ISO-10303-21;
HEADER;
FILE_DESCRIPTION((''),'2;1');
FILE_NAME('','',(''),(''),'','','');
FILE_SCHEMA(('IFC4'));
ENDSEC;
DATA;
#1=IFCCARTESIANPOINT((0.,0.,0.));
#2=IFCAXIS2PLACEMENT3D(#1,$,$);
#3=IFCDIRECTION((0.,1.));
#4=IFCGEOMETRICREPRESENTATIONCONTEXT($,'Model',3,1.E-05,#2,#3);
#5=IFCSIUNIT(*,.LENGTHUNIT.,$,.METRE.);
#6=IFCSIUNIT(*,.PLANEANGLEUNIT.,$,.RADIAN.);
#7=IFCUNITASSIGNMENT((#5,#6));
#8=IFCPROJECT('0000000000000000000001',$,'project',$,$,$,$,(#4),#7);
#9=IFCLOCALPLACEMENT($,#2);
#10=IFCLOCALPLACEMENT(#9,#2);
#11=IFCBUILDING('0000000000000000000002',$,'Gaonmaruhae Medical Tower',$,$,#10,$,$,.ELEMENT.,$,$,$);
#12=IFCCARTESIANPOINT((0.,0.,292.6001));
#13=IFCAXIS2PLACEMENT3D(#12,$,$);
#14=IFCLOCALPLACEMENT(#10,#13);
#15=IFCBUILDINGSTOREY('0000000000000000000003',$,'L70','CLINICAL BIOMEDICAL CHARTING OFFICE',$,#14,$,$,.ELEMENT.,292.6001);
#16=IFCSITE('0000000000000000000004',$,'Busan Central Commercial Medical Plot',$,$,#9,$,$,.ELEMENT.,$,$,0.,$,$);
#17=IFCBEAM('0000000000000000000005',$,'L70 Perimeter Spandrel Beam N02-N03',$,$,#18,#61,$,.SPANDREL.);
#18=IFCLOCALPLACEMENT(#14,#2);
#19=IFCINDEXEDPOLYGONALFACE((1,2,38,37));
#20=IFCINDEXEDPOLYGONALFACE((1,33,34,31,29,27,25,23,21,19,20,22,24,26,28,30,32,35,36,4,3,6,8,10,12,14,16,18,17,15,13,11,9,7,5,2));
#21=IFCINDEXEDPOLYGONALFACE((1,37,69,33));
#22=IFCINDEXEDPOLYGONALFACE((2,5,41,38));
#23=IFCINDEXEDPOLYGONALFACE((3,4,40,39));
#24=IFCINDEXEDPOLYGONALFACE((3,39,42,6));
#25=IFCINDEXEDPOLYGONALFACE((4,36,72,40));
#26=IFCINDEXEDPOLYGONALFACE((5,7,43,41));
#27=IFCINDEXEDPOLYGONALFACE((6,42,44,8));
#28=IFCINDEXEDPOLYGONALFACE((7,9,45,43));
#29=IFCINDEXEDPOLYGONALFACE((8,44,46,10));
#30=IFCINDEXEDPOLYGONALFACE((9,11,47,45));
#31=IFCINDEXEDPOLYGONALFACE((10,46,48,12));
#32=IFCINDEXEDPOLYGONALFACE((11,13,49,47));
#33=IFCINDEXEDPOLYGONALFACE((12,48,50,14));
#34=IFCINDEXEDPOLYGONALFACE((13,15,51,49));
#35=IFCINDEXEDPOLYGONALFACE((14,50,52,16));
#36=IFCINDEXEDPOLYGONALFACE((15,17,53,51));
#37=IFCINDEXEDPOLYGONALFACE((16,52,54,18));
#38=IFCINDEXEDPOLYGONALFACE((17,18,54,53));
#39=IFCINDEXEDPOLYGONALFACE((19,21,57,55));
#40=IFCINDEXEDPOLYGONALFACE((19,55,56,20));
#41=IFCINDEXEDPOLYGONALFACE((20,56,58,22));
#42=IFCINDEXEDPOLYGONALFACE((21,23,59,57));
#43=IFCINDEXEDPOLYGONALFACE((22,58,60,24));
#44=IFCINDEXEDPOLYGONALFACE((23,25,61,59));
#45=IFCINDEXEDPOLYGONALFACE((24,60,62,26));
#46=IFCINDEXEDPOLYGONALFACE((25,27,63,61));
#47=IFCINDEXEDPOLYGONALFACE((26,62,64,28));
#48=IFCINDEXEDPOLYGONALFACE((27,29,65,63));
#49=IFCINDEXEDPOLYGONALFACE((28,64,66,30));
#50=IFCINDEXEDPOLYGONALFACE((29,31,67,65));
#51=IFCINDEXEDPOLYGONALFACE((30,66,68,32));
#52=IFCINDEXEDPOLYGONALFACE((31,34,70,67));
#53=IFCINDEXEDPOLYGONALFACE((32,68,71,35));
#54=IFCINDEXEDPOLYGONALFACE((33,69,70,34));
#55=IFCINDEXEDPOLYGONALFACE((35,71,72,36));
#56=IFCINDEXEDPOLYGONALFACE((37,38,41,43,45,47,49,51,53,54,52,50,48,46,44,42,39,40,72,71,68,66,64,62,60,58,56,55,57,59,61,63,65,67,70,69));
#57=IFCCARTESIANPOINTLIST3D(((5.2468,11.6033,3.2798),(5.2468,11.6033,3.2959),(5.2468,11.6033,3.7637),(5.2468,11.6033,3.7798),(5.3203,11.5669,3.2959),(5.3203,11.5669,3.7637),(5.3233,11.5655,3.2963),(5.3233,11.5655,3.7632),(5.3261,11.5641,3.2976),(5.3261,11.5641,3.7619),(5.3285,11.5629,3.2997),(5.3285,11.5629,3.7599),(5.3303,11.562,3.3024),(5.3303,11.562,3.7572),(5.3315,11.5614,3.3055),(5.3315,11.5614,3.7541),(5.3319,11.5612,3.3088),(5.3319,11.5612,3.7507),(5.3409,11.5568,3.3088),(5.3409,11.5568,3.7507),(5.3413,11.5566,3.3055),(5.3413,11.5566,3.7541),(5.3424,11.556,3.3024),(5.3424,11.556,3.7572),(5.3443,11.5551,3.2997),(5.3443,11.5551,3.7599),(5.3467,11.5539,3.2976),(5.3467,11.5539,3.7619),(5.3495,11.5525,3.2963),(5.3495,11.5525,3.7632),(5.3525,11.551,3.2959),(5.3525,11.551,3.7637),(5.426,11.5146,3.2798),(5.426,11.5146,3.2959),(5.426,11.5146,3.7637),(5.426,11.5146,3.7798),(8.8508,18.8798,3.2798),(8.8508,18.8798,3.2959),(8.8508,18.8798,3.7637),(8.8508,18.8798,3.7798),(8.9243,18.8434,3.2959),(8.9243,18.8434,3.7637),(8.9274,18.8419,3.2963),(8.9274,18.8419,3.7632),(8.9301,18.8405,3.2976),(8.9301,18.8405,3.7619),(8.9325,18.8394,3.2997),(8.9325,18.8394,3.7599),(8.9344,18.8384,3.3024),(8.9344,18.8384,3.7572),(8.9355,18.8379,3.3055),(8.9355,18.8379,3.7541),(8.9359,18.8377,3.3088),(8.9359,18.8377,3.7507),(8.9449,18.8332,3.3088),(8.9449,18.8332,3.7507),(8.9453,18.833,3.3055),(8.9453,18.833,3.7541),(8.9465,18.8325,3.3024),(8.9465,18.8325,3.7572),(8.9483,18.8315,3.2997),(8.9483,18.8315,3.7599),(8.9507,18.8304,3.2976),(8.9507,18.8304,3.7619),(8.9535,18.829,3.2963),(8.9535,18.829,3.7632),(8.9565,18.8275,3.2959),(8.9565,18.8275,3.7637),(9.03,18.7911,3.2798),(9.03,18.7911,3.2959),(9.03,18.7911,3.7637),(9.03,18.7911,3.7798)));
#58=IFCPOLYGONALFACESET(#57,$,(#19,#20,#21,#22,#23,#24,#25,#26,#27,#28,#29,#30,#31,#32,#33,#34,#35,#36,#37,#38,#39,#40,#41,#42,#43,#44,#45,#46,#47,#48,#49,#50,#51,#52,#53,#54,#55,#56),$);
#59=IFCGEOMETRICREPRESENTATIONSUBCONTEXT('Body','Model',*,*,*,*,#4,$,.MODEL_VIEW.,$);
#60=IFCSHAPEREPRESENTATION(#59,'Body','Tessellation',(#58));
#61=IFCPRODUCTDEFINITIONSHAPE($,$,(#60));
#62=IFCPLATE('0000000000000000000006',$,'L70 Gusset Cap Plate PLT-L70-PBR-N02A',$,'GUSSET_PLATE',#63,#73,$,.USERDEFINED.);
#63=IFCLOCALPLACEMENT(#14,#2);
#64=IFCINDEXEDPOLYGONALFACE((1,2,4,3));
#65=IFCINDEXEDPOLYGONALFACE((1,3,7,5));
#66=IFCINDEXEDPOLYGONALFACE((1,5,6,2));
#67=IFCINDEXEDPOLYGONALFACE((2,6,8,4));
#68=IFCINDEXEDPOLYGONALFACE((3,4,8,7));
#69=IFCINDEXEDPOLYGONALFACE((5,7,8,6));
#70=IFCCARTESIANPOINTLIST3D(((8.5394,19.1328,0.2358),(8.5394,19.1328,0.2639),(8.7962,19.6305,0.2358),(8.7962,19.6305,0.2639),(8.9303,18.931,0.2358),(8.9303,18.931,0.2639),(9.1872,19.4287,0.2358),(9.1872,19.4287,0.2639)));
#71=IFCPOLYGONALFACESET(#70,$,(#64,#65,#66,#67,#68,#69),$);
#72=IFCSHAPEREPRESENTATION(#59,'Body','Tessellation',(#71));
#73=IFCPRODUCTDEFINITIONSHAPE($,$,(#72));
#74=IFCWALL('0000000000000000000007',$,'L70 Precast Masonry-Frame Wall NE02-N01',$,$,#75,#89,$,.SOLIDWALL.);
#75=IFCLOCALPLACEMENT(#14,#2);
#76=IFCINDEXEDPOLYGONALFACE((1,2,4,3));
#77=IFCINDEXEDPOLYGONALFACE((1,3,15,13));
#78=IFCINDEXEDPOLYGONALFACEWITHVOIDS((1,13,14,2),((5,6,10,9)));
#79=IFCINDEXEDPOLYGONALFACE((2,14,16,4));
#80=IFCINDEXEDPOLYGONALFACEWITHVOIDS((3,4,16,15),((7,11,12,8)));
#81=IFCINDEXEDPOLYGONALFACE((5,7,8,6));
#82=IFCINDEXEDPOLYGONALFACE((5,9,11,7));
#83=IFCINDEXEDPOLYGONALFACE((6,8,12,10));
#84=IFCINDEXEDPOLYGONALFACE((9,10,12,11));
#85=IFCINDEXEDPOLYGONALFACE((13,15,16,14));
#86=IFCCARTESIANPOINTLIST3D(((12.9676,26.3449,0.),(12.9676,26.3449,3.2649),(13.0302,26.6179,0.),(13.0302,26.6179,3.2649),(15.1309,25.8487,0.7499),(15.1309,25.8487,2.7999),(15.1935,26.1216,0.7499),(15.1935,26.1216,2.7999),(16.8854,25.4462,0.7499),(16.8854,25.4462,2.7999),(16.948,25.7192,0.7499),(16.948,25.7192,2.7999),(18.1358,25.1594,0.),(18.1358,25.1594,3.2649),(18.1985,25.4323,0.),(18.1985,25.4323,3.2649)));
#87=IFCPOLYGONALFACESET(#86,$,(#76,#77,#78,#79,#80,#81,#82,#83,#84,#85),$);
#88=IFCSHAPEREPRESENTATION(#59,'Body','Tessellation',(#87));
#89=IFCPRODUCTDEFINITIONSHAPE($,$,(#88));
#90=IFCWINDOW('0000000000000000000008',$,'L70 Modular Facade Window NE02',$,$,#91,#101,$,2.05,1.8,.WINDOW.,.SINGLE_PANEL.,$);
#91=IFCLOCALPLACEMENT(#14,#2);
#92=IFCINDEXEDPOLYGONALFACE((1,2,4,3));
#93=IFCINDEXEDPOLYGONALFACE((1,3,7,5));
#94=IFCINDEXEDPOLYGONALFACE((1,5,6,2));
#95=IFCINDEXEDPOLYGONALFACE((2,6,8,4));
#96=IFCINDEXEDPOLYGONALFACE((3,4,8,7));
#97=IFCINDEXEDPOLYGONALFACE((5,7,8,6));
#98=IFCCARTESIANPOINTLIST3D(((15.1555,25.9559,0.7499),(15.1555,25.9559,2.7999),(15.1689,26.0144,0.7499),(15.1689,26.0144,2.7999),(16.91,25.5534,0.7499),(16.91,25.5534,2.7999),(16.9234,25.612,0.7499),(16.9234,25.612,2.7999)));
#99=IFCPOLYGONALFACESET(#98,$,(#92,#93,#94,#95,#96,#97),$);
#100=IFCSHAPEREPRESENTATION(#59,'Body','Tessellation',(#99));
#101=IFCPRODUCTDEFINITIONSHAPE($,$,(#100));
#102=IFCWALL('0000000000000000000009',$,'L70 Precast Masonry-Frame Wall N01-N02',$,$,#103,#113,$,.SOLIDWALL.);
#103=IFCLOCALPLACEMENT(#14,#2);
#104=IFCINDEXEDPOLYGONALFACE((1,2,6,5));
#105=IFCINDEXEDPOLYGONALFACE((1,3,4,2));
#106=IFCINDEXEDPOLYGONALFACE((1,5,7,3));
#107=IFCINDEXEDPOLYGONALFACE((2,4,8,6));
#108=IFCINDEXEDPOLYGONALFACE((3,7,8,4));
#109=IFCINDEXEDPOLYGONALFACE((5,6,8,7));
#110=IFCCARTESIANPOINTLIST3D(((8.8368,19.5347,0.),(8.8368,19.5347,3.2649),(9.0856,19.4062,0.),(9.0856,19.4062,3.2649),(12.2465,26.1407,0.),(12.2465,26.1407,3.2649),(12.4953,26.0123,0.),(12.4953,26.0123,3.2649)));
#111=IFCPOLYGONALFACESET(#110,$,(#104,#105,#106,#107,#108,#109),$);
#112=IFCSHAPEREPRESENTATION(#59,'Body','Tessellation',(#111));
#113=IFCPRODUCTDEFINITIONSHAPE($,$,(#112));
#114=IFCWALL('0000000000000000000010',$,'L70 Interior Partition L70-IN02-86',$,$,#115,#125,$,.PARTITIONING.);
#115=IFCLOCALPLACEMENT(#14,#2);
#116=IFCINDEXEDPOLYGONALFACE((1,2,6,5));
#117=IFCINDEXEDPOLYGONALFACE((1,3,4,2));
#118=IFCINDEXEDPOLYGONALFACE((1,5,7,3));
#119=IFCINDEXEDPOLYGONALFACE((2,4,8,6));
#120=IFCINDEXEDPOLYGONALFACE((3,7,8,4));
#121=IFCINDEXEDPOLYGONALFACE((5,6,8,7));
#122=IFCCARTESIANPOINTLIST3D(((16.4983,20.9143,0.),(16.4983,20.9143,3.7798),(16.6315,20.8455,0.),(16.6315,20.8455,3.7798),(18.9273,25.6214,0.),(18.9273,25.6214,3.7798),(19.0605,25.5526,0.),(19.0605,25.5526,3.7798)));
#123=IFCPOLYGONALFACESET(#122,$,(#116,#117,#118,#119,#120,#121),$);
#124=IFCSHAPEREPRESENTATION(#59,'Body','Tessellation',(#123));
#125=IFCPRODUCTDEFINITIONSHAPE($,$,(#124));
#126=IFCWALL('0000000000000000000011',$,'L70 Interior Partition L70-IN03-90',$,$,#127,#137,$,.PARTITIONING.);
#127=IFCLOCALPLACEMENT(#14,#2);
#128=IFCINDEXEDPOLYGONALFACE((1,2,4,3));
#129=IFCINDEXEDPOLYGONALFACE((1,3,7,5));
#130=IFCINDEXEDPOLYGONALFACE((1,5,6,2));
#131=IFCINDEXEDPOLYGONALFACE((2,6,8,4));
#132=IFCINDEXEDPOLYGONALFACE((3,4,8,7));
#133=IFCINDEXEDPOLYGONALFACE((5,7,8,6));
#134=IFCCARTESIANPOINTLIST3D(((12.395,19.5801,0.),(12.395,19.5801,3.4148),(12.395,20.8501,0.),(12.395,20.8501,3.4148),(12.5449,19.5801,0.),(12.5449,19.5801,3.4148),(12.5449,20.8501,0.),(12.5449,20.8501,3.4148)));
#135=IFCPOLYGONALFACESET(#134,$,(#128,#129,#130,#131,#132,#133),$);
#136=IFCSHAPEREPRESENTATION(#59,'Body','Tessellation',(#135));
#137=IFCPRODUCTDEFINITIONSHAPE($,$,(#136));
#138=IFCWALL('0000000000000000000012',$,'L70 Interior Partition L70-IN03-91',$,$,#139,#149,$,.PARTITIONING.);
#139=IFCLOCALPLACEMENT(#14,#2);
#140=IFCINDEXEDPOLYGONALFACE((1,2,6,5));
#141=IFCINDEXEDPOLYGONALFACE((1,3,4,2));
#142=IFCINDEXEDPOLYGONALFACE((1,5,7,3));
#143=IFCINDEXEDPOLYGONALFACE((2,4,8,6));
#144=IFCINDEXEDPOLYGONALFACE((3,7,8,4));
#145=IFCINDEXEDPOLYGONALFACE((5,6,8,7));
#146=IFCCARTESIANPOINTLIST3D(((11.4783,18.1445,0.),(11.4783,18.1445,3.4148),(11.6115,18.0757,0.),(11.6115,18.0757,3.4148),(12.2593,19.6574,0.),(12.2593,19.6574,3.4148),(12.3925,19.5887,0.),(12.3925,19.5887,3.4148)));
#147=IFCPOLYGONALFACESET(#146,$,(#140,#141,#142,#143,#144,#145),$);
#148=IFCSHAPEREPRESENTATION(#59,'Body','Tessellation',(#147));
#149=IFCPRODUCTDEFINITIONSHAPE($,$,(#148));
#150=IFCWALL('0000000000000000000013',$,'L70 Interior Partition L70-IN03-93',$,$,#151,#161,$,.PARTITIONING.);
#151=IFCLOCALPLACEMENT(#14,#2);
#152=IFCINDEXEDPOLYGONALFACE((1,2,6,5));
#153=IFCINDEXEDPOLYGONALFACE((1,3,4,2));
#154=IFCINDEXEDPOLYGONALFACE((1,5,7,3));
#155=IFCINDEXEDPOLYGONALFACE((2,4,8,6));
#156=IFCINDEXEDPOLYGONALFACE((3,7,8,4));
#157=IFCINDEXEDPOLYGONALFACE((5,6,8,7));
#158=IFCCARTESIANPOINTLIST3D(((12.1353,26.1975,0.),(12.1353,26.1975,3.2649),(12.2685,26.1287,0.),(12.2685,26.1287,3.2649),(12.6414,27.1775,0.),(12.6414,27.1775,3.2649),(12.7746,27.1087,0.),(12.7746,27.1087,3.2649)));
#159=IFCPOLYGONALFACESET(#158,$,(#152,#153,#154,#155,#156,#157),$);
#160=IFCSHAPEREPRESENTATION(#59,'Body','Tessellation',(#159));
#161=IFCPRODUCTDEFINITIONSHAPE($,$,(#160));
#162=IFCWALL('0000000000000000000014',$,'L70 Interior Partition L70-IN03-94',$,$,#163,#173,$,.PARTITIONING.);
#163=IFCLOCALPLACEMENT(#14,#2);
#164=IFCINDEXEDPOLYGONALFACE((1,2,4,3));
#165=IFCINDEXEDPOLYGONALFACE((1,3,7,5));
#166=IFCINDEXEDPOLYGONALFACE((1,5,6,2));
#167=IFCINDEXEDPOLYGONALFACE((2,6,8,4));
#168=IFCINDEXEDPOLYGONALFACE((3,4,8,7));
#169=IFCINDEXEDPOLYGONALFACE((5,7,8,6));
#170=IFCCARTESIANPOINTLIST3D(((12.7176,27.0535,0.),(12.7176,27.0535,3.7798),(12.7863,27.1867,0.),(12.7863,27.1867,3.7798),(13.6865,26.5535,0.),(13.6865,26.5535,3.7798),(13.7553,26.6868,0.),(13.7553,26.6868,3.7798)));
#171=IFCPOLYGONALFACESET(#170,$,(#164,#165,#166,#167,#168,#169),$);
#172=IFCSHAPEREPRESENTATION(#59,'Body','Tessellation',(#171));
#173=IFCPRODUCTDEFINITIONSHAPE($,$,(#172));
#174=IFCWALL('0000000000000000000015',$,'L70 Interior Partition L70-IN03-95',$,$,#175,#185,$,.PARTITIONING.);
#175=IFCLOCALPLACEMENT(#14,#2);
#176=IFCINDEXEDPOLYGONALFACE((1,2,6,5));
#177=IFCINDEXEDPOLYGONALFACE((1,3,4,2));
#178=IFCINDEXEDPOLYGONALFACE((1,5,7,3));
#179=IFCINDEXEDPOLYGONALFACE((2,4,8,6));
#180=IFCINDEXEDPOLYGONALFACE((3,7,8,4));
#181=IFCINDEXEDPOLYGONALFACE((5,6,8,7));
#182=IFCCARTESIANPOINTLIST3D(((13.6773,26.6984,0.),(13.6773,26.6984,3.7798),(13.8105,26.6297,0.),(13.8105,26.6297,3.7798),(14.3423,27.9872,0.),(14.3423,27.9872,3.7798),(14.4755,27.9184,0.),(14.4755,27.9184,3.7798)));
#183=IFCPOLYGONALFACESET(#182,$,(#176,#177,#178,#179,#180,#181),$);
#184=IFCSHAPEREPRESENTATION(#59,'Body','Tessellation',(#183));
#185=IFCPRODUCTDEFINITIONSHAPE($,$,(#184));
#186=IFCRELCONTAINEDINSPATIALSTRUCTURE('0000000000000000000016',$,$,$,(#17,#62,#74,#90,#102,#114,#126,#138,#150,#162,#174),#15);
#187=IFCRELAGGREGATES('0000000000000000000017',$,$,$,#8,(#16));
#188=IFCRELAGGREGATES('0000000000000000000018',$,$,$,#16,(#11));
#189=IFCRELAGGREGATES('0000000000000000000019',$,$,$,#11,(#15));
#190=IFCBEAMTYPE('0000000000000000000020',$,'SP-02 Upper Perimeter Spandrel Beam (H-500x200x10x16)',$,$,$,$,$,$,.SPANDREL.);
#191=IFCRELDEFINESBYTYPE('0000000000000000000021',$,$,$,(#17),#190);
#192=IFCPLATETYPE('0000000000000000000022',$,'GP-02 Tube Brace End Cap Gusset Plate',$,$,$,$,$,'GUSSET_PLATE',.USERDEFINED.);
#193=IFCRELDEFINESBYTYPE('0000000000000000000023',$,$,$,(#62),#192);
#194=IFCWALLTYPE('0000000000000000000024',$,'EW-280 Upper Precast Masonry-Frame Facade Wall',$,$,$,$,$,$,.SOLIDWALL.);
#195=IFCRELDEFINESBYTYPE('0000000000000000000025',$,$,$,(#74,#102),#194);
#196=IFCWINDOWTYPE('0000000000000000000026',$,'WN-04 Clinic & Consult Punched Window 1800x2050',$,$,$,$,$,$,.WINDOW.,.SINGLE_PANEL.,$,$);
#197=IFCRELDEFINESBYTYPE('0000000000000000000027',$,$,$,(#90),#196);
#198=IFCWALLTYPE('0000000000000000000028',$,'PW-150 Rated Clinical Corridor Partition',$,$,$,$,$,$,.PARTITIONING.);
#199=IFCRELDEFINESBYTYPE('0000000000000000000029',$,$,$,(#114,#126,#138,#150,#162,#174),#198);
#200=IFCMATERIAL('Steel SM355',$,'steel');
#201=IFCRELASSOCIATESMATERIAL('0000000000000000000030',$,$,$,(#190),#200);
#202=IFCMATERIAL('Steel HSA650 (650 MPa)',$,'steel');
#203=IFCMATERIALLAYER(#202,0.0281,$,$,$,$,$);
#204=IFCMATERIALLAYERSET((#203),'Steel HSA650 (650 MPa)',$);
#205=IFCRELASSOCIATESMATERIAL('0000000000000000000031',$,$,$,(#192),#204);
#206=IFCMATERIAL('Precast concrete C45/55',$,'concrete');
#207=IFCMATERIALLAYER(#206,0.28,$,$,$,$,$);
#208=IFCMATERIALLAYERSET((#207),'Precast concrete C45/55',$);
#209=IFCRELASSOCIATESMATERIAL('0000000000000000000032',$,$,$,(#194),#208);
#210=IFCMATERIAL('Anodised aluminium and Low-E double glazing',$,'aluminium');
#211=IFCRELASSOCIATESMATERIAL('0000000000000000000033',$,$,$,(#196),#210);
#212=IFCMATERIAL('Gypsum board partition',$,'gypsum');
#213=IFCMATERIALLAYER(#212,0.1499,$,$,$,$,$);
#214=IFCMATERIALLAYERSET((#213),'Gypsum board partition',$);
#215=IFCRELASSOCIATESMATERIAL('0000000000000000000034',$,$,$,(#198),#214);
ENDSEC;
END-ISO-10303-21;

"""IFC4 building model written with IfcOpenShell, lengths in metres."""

from ifc_helpers import new_model, si_unit, direction, frame, frame_2d, origin, origin_2d, place, context, subcontext, project, spatial, rectangle, i_section, extrude, material, layer, layer_set, material_profile, profile_set, type_object, element, fill, save


model = new_model("IFC4")

# Units and contexts
model_context = context("Model", 3, precision=1e-05, world=origin(), true_north=direction((0.0, 1.0)))
body_context = subcontext(model_context, "Body", "Model", "MODEL_VIEW")
ifc_project = project(units=[si_unit("LENGTHUNIT", "METRE"), si_unit("PLANEANGLEUNIT", "RADIAN")], contexts=[model_context])

# Site, building, storey
site_placement = place(None, origin())
site = spatial("IfcSite", under=ifc_project, at=site_placement, Name="Busan Central Commercial Medical Plot", CompositionType="ELEMENT", RefElevation=0.0)
building_placement = place(site_placement, origin())
building = spatial("IfcBuilding", under=site, at=building_placement, Name="Gaonmaruhae Medical Tower", CompositionType="ELEMENT")
storey_placement = place(building_placement, frame((0.0, 0.0, 292.6001)))
storey = spatial("IfcBuildingStorey", under=building, at=storey_placement, Name="L70", Description="CLINICAL BIOMEDICAL CHARTING OFFICE", CompositionType="ELEMENT", Elevation=292.6001)

# Shared definitions
ifc_material_1 = material(Name="Steel SM355", Category="steel")

# Beam
ifc_material_profile_1 = material_profile(ifc_material_1, i_section(OverallWidth=0.2, OverallDepth=0.5, WebThickness=0.01, FlangeThickness=0.0161, FilletRadius=0.0129, at=origin_2d()), Name="H-500x200x10x16")
ifc_profile_set_1 = profile_set([ifc_material_profile_1], Name="Steel SM355")
beam_type_1 = type_object("IfcBeamType", Name="SP-02 Upper Perimeter Spandrel Beam (H-500x200x10x16)", PredefinedType="SPANDREL", material=ifc_profile_set_1)
for number, where, z_axis, x_axis, name in (
    (1, (8.9404, 18.8354, 3.5298), (-0.443843, -0.896105, 0.0), (0.896105, -0.443843, 0.0), "L70 Perimeter Spandrel Beam N02-N03"),
):
    element("IfcBeam", number, at=place(storey_placement, frame(where, z_axis=z_axis, x_axis=x_axis)), inside=storey, type_object=beam_type_1, Name=name, PredefinedType="SPANDREL", context=body_context, shape_type="SweptSolid", body=[
        extrude(i_section(OverallWidth=0.2, OverallDepth=0.5, WebThickness=0.01, FlangeThickness=0.0161, FilletRadius=0.0129, at=origin_2d()), origin(), (0.0, 0.0, 1.0), 8.1201),
    ])

# Plate
ifc_material_2 = material(Name="Steel HSA650 (650 MPa)", Category="steel")
ifc_layer_1 = layer(ifc_material_2, 0.0281)
ifc_layer_set_1 = layer_set([ifc_layer_1], Name="Steel HSA650 (650 MPa)")
plate_type = type_object("IfcPlateType", Name="GP-02 Tube Brace End Cap Gusset Plate", ElementType="GUSSET_PLATE", PredefinedType="USERDEFINED", material=ifc_layer_set_1)
plate_placement = place(storey_placement, frame((8.8633, 19.2808, 0.2358), z_axis=(0.0, 0.0, 1.0), x_axis=(0.45865, 0.888617, 0.0)))
element("IfcPlate", 2, at=plate_placement, inside=storey, type_object=plate_type, Name="L70 Gusset Cap Plate PLT-L70-PBR-N02A", ObjectType="GUSSET_PLATE", PredefinedType="USERDEFINED", context=body_context, shape_type="SweptSolid", body=[
    extrude(rectangle(XDim=0.5601, YDim=0.4399, at=origin_2d()), origin(), (0.0, 0.0, 1.0), 0.0281),
])

# Wall, opening, window
ifc_material_3 = material(Name="Precast concrete C45/55", Category="concrete")
ifc_layer_2 = layer(ifc_material_3, 0.28)
ifc_layer_set_2 = layer_set([ifc_layer_2], Name="Precast concrete C45/55")
wall_type_1 = type_object("IfcWallType", Name="EW-280 Upper Precast Masonry-Frame Facade Wall", PredefinedType="SOLIDWALL", material=ifc_layer_set_2)
wall_1_placement = place(storey_placement, frame((12.9988, 26.4814, 0.0), z_axis=(0.0, 0.0, 1.0), x_axis=(0.974684, -0.223585, 0.0)))
wall_1 = element("IfcWall", 3, at=wall_1_placement, inside=storey, type_object=wall_type_1, Name="L70 Precast Masonry-Frame Wall NE02-N01", PredefinedType="SOLIDWALL", context=body_context, shape_type="SweptSolid", body=[
    extrude(rectangle(XDim=5.3025, YDim=0.28, at=frame_2d((2.6514, 0.0))), origin(), (0.0, 0.0, 1.0), 3.2649),
])
opening_1_placement = place(wall_1_placement, frame((2.2197, 0.0, 0.75)))
opening_1 = element("IfcOpeningElement", 4, at=opening_1_placement, cuts=wall_1, PredefinedType="OPENING", context=body_context, shape_type="SweptSolid", body=[
    extrude(rectangle(XDim=1.8, YDim=2.05, at=frame_2d((0.8999, 1.0249))), frame((0.0, 0.1499, 0.0), z_axis=(0.0, -1.0, 0.0), x_axis=(1.0, 0.0, 0.0)), (0.0, 0.0, 1.0), 0.3),
])
ifc_material_4 = material(Name="Anodised aluminium and Low-E double glazing", Category="aluminium")
window_type = type_object("IfcWindowType", Name="WN-04 Clinic & Consult Punched Window 1800x2050", PartitioningType="SINGLE_PANEL", PredefinedType="WINDOW", material=ifc_material_4)
window_placement = place(opening_1_placement, origin())
window = element("IfcWindow", 5, at=window_placement, inside=storey, type_object=window_type, Name="L70 Modular Facade Window NE02", OverallHeight=2.05, OverallWidth=1.8, PartitioningType="SINGLE_PANEL", PredefinedType="WINDOW", context=body_context, shape_type="SweptSolid", body=[
    extrude(rectangle(XDim=1.8, YDim=2.05, at=frame_2d((0.8999, 1.0249))), frame((0.0, 0.03, 0.0), z_axis=(0.0, -1.0, 0.0), x_axis=(1.0, 0.0, 0.0)), (0.0, 0.0, 1.0), 0.0601),
])
fill(opening_1, window)

# Walls
wall_2_placement = place(storey_placement, frame((8.9612, 19.4705, 0.0), z_axis=(0.0, 0.0, 1.0), x_axis=(0.458658, 0.888613, 0.0)))
element("IfcWall", 6, at=wall_2_placement, inside=storey, type_object=wall_type_1, Name="L70 Precast Masonry-Frame Wall N01-N02", PredefinedType="SOLIDWALL", context=body_context, shape_type="SweptSolid", body=[
    extrude(rectangle(XDim=7.4341, YDim=0.28, at=frame_2d((3.717, 0.0))), origin(), (0.0, 0.0, 1.0), 3.2649),
])
ifc_material_5 = material(Name="Gypsum board partition", Category="gypsum")
ifc_layer_3 = layer(ifc_material_5, 0.1499)
ifc_layer_set_3 = layer_set([ifc_layer_3], Name="Gypsum board partition")
wall_type_2 = type_object("IfcWallType", Name="PW-150 Rated Clinical Corridor Partition", PredefinedType="PARTITIONING", material=ifc_layer_set_3)
wall_3_placement = place(storey_placement, frame((16.5649, 20.8799, 0.0), z_axis=(0.0, 0.0, 1.0), x_axis=(0.458571, 0.888658, 0.0)))
element("IfcWall", 7, at=wall_3_placement, inside=storey, type_object=wall_type_2, Name="L70 Interior Partition L70-IN02-86", PredefinedType="PARTITIONING", context=body_context, shape_type="SweptSolid", body=[
    extrude(rectangle(XDim=5.2969, YDim=0.1499, at=frame_2d((2.6484, 0.0))), origin(), (0.0, 0.0, 1.0), 3.7798),
])
wall_4_placement = place(storey_placement, frame((12.47, 20.8501, 0.0), z_axis=(0.0, 0.0, 1.0), x_axis=(0.0, -1.0, 0.0)))
element("IfcWall", 8, at=wall_4_placement, inside=storey, type_object=wall_type_2, Name="L70 Interior Partition L70-IN03-90", PredefinedType="PARTITIONING", context=body_context, shape_type="SweptSolid", body=[
    extrude(rectangle(XDim=1.27, YDim=0.1499, at=frame_2d((0.635, 0.0))), origin(), (0.0, 0.0, 1.0), 3.4148),
])
wall_5_placement = place(storey_placement, frame((12.3259, 19.623, 0.0), z_axis=(0.0, 0.0, 1.0), x_axis=(-0.458705, -0.888589, 0.0)))
element("IfcWall", 9, at=wall_5_placement, inside=storey, type_object=wall_type_2, Name="L70 Interior Partition L70-IN03-91", PredefinedType="PARTITIONING", context=body_context, shape_type="SweptSolid", body=[
    extrude(rectangle(XDim=1.7026, YDim=0.1499, at=frame_2d((0.8513, 0.0))), origin(), (0.0, 0.0, 1.0), 3.4148),
])
wall_6_placement = place(storey_placement, frame((12.2019, 26.1631, 0.0), z_axis=(0.0, 0.0, 1.0), x_axis=(0.458863, 0.888507, 0.0)))
element("IfcWall", 10, at=wall_6_placement, inside=storey, type_object=wall_type_2, Name="L70 Interior Partition L70-IN03-93", PredefinedType="PARTITIONING", context=body_context, shape_type="SweptSolid", body=[
    extrude(rectangle(XDim=1.103, YDim=0.1499, at=frame_2d((0.5515, 0.0))), origin(), (0.0, 0.0, 1.0), 3.2649),
])
wall_7_placement = place(storey_placement, frame((12.752, 27.1201, 0.0), z_axis=(0.0, 0.0, 1.0), x_axis=(0.888668, -0.458552, 0.0)))
element("IfcWall", 11, at=wall_7_placement, inside=storey, type_object=wall_type_2, Name="L70 Interior Partition L70-IN03-94", PredefinedType="PARTITIONING", context=body_context, shape_type="SweptSolid", body=[
    extrude(rectangle(XDim=1.0903, YDim=0.1499, at=frame_2d((0.5452, 0.0))), origin(), (0.0, 0.0, 1.0), 3.7798),
])
wall_8_placement = place(storey_placement, frame((13.7439, 26.6641, 0.0), z_axis=(0.0, 0.0, 1.0), x_axis=(0.458557, 0.888665, 0.0)))
element("IfcWall", 12, at=wall_8_placement, inside=storey, type_object=wall_type_2, Name="L70 Interior Partition L70-IN03-95", PredefinedType="PARTITIONING", context=body_context, shape_type="SweptSolid", body=[
    extrude(rectangle(XDim=1.4502, YDim=0.1499, at=frame_2d((0.7251, 0.0))), origin(), (0.0, 0.0, 1.0), 3.7798),
])

save(model, "model.ifc")
